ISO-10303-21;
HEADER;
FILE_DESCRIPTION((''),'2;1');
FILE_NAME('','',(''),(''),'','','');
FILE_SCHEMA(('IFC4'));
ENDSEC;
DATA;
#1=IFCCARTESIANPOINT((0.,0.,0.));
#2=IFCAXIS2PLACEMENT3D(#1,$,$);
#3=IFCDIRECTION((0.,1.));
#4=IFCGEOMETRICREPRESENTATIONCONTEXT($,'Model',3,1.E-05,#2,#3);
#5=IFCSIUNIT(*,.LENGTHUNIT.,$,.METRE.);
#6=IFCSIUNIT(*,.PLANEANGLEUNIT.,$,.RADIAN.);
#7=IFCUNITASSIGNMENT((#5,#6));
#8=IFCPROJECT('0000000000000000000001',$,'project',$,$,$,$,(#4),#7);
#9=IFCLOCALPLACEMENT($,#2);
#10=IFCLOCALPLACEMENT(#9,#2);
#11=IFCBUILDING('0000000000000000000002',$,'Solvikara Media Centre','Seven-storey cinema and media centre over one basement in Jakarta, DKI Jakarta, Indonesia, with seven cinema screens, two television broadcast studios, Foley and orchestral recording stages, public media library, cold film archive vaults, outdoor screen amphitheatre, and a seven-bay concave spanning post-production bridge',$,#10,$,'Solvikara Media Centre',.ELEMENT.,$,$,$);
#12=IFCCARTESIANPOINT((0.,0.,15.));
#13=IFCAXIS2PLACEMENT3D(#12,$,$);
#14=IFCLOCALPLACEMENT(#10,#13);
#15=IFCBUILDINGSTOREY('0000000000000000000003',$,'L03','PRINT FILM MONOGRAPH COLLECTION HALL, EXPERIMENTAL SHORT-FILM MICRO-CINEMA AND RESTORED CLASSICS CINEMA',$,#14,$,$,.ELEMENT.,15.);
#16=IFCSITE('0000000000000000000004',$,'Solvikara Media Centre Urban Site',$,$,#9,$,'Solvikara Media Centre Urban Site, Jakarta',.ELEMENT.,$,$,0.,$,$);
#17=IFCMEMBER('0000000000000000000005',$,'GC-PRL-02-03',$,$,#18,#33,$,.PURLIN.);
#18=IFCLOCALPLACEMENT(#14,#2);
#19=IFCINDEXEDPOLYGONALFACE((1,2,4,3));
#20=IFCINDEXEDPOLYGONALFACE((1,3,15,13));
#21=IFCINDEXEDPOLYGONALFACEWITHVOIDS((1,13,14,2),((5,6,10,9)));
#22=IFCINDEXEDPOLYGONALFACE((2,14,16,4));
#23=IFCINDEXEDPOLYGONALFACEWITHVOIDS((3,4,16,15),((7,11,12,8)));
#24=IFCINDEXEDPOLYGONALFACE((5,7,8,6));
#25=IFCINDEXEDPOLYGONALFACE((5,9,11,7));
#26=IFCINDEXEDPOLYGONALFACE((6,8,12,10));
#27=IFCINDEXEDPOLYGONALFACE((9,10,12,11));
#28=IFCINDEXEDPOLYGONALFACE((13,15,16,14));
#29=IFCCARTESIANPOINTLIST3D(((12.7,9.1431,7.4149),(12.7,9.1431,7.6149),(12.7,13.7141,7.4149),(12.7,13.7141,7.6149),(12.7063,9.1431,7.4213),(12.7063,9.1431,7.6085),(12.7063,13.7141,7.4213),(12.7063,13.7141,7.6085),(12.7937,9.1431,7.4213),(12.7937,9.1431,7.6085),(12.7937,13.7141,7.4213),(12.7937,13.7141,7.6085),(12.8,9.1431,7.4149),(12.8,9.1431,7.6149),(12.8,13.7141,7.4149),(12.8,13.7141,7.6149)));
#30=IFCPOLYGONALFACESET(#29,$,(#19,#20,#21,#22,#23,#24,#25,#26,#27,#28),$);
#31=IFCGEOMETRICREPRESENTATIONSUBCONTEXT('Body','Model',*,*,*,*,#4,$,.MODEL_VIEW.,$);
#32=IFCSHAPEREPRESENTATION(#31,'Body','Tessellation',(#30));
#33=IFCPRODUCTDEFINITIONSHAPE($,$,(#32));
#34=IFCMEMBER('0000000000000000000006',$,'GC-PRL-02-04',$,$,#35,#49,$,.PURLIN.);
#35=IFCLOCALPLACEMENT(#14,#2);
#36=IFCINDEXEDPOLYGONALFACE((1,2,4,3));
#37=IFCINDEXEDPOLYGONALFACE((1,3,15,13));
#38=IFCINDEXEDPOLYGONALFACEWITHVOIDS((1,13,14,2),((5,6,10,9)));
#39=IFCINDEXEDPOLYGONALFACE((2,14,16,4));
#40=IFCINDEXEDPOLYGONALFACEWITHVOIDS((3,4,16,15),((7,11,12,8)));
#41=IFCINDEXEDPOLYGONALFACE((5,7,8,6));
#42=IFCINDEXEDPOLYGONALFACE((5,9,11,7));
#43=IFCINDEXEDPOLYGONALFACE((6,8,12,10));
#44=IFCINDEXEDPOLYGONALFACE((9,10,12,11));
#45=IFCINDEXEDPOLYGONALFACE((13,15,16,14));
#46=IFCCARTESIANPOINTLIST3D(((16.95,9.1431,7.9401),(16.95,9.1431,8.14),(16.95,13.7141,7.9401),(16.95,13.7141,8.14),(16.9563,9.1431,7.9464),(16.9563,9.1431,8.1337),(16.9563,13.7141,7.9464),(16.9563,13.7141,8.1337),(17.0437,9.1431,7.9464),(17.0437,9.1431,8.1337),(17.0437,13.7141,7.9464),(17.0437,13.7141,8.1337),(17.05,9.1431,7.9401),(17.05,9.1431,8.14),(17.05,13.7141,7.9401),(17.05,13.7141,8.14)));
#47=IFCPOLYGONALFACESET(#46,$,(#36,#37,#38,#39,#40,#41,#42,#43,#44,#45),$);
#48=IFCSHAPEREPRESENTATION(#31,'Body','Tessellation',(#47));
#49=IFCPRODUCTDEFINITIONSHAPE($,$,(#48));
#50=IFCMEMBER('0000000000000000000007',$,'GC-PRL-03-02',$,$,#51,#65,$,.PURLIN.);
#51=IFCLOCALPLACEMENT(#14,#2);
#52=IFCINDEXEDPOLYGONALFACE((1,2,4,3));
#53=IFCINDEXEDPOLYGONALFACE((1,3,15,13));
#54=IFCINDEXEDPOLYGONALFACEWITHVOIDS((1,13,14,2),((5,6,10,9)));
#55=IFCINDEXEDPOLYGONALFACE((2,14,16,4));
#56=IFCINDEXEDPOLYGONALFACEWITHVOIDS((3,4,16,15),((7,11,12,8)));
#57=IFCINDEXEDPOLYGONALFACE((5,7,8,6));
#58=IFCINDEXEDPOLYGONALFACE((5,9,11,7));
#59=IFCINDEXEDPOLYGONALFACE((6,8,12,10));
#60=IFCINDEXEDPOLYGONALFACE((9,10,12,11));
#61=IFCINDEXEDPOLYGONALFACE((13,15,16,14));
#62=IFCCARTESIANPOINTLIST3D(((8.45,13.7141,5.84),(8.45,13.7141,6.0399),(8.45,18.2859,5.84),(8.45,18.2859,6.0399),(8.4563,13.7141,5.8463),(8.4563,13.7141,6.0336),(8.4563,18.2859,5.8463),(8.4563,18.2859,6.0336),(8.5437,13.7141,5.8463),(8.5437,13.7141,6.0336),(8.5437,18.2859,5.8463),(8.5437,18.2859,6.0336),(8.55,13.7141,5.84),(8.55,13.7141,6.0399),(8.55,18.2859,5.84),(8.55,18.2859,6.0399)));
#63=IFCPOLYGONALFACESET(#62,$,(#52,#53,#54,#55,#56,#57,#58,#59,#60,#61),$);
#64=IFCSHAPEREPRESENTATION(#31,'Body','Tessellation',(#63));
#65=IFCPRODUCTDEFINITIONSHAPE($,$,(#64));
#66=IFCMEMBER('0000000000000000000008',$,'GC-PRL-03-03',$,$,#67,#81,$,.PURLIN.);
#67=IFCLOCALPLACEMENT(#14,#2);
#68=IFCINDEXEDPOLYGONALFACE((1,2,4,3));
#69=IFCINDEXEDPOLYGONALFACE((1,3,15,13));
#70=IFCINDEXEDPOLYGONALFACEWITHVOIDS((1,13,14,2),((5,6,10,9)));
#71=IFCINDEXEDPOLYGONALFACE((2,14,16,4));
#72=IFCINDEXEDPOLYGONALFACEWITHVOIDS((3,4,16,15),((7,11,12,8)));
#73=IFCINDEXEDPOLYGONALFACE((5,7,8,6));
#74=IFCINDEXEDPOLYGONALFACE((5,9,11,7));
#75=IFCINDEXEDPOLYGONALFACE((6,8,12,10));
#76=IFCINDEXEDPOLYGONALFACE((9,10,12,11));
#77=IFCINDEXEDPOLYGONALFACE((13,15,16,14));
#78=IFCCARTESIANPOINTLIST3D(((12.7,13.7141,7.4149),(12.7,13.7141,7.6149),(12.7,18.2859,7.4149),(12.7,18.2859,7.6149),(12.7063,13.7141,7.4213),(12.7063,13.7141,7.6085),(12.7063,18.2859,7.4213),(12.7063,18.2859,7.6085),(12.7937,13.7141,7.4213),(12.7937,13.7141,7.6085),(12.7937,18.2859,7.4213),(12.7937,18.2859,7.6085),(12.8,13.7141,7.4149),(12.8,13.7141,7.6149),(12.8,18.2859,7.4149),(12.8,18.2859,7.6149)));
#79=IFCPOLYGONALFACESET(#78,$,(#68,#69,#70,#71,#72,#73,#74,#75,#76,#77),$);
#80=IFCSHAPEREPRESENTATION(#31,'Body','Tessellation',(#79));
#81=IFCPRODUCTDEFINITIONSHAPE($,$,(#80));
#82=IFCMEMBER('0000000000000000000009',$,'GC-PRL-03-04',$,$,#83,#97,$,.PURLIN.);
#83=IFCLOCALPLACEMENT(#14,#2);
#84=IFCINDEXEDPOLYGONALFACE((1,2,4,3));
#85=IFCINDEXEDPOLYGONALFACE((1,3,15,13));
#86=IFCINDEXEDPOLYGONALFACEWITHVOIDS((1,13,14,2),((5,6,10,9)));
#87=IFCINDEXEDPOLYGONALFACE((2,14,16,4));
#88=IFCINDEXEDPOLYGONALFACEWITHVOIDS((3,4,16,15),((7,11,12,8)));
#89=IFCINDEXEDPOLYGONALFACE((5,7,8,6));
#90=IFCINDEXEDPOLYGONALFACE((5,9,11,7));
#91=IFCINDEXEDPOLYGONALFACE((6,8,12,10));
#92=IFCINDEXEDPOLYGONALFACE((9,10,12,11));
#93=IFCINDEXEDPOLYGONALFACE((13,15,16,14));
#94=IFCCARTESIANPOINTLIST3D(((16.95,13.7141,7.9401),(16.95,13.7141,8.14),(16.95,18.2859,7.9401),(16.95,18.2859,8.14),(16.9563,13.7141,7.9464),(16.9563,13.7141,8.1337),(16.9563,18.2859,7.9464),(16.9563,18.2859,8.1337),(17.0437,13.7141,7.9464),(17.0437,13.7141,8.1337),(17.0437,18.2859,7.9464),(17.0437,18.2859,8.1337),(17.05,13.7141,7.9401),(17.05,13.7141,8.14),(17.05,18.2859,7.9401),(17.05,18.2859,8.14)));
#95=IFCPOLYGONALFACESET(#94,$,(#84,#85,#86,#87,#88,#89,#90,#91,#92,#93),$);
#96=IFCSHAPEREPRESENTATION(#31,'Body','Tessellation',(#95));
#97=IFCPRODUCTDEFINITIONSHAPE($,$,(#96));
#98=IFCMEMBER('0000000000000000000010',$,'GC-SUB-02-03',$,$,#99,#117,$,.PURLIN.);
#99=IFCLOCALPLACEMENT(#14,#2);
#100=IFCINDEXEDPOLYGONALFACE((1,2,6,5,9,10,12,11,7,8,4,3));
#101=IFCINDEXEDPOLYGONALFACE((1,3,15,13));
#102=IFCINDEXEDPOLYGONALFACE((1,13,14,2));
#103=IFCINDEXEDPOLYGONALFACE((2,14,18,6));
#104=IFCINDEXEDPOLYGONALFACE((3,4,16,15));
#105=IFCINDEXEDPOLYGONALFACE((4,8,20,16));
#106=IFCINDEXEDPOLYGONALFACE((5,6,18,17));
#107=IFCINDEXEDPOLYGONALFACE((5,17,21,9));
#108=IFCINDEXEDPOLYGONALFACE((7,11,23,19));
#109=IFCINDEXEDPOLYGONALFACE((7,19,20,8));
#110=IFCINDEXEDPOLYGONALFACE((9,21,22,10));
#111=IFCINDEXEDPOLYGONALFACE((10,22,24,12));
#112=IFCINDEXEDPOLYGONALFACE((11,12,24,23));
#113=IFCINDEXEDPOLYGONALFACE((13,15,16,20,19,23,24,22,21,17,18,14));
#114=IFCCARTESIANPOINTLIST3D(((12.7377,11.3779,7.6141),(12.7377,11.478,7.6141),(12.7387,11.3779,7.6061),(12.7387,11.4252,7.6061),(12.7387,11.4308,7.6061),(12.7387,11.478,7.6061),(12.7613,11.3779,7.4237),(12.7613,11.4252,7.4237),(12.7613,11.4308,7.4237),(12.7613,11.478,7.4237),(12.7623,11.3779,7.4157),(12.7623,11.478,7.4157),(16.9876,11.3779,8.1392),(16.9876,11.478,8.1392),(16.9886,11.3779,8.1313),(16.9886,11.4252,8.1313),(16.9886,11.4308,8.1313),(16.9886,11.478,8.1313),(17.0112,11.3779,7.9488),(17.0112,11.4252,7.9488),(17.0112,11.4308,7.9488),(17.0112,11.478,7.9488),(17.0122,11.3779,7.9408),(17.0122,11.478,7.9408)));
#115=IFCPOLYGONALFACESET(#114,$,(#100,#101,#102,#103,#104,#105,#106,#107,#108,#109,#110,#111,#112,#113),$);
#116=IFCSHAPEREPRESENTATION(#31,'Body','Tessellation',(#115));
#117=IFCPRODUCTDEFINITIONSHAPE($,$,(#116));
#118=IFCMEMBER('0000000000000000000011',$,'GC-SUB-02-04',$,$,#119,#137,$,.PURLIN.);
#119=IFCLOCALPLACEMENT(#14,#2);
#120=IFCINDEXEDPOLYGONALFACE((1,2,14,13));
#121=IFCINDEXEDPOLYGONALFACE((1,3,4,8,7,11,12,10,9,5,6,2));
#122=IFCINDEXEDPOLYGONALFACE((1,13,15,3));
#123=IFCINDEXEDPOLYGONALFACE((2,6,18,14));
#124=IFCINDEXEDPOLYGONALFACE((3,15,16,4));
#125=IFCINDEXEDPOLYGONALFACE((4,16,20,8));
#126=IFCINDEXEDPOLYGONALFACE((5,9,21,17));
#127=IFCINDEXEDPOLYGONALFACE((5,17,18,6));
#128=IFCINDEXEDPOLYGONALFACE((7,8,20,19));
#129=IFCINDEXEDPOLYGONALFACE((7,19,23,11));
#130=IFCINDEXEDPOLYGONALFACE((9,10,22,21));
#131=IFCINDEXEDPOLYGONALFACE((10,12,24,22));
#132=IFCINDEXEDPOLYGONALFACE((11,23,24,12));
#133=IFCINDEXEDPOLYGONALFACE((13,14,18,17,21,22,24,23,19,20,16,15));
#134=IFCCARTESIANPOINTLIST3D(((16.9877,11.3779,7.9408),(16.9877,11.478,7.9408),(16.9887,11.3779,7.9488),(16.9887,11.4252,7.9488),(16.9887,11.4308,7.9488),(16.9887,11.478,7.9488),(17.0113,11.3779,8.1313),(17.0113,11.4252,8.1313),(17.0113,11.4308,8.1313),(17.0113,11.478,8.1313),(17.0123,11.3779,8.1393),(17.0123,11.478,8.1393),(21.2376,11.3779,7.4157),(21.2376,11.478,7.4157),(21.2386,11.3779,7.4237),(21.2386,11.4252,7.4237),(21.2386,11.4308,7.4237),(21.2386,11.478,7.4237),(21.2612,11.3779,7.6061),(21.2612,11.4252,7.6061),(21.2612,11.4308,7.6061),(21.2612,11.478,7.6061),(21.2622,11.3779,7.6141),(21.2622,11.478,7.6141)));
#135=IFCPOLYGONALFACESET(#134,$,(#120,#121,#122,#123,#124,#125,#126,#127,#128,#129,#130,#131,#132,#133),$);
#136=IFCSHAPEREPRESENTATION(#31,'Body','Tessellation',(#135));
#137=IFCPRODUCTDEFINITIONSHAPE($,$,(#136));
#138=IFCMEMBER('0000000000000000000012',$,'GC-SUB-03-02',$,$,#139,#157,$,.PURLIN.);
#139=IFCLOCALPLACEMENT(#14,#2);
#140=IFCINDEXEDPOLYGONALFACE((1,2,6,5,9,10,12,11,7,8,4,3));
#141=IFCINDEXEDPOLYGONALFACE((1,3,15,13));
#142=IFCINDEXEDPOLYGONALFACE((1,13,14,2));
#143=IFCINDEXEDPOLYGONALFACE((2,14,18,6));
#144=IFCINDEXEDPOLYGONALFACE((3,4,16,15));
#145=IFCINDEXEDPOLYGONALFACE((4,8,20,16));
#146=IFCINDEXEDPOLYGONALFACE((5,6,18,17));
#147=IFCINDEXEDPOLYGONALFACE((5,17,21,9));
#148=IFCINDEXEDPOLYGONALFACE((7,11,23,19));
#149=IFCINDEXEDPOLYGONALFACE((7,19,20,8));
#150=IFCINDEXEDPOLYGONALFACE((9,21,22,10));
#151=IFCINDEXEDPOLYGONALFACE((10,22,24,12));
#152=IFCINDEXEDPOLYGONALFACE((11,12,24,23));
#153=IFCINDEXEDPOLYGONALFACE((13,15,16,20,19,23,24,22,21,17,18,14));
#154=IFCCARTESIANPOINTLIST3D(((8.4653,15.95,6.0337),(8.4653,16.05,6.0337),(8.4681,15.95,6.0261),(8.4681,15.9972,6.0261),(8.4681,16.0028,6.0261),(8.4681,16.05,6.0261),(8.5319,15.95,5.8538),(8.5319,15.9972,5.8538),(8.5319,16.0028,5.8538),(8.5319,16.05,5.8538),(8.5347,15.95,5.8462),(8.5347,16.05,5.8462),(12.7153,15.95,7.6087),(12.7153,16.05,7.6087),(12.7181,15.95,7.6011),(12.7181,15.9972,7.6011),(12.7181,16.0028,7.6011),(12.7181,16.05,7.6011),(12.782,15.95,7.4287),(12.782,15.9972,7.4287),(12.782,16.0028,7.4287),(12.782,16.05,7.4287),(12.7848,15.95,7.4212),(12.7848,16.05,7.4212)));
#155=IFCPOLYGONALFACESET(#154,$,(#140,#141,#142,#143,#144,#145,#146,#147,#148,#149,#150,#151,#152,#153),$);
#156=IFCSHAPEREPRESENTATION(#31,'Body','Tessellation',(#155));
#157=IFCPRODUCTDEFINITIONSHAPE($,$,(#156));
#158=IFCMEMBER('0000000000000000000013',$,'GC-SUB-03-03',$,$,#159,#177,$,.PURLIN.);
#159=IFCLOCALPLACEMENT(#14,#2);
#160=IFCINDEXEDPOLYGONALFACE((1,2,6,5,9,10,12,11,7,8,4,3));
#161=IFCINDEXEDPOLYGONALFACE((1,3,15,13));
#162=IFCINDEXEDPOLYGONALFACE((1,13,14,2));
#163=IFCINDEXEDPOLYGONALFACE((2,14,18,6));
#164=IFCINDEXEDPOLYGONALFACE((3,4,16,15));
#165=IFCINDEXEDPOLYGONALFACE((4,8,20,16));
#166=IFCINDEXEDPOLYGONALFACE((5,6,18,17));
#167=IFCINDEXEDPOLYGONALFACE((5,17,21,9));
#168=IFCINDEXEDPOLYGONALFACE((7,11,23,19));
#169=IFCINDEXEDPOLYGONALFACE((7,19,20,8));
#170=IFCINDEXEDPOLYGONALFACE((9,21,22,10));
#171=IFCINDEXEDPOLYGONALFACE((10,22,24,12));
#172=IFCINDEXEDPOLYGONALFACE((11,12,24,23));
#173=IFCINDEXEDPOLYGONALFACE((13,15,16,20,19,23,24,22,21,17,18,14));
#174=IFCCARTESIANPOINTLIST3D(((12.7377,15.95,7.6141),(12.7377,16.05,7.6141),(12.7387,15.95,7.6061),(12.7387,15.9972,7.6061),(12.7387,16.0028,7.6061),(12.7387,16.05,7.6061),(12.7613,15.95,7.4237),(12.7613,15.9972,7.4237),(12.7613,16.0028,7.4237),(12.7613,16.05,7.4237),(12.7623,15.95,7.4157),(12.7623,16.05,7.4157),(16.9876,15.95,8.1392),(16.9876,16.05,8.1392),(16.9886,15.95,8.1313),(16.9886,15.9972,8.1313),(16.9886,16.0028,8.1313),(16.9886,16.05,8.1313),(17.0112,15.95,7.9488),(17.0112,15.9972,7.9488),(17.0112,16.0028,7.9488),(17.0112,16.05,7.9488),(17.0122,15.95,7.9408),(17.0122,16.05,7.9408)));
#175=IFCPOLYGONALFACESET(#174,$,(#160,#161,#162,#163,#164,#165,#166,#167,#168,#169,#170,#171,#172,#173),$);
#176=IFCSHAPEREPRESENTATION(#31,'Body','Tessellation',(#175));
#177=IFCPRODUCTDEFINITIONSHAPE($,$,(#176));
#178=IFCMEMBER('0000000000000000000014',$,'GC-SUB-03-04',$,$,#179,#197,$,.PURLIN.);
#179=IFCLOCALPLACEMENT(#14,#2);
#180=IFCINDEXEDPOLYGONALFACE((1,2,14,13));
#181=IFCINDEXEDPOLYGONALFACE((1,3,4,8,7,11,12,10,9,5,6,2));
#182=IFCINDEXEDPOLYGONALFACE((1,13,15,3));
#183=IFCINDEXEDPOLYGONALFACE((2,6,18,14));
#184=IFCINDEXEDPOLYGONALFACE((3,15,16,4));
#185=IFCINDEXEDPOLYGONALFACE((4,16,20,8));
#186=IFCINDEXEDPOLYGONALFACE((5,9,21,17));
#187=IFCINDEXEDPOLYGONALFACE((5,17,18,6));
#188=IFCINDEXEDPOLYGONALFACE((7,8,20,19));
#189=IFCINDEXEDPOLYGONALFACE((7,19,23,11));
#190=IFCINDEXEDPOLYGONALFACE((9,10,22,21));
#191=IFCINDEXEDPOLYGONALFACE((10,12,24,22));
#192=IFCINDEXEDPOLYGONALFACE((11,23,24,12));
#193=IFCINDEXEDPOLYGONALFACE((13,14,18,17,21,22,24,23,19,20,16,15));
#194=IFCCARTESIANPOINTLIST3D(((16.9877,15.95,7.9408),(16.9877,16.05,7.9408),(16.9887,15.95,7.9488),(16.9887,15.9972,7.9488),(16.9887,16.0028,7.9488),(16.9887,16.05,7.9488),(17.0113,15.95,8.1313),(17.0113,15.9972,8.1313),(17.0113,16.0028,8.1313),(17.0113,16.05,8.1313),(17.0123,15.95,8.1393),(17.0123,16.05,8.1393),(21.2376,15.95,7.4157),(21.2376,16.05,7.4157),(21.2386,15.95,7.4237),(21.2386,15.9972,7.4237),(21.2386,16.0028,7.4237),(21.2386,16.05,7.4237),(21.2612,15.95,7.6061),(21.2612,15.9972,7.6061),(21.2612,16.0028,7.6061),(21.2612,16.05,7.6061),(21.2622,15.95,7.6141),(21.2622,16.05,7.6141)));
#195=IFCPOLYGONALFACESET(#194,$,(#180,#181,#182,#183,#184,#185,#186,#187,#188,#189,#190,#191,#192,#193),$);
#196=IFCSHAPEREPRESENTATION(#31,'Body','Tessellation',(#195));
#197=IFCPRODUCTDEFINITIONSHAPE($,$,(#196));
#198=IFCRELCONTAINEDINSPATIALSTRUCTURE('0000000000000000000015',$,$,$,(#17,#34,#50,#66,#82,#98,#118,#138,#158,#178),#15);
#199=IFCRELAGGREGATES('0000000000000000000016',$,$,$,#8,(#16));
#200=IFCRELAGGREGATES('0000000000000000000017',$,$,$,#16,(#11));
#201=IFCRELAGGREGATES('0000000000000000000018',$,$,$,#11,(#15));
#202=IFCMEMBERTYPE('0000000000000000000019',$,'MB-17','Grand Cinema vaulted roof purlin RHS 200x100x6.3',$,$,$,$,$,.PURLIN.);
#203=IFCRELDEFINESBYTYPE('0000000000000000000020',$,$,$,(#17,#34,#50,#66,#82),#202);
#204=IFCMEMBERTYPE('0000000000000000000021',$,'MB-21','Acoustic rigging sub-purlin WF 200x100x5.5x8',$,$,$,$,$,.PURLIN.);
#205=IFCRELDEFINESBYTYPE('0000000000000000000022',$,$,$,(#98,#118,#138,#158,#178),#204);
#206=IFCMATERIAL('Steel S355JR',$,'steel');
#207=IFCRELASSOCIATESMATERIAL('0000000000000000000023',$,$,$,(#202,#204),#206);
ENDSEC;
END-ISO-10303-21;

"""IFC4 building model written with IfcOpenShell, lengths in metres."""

from ifc_helpers import new_model, si_unit, direction, frame, origin, origin_2d, place, context, subcontext, project, spatial, hollow_rectangle, i_section, extrude, material, material_profile, profile_set, type_object, element, save


model = new_model("IFC4")

# Units and contexts
model_context = context("Model", 3, precision=1e-05, world=origin(), true_north=direction((0.0, 1.0)))
body_context = subcontext(model_context, "Body", "Model", "MODEL_VIEW")
ifc_project = project(units=[si_unit("LENGTHUNIT", "METRE"), si_unit("PLANEANGLEUNIT", "RADIAN")], contexts=[model_context])

# Site, building, storey
site_placement = place(None, origin())
site = spatial("IfcSite", under=ifc_project, at=site_placement, Name="Solvikara Media Centre Urban Site", LongName="Solvikara Media Centre Urban Site, Jakarta", CompositionType="ELEMENT", RefElevation=0.0)
building_placement = place(site_placement, origin())
building = spatial("IfcBuilding", under=site, at=building_placement, Name="Solvikara Media Centre", Description="Seven-storey cinema and media centre over one basement in Jakarta, DKI Jakarta, Indonesia, with seven cinema screens, two television broadcast studios, Foley and orchestral recording stages, public media library, cold film archive vaults, outdoor screen amphitheatre, and a seven-bay concave spanning post-production bridge", LongName="Solvikara Media Centre", CompositionType="ELEMENT")
storey_placement = place(building_placement, frame((0.0, 0.0, 15.0)))
storey = spatial("IfcBuildingStorey", under=building, at=storey_placement, Name="L03", Description="PRINT FILM MONOGRAPH COLLECTION HALL, EXPERIMENTAL SHORT-FILM MICRO-CINEMA AND RESTORED CLASSICS CINEMA", CompositionType="ELEMENT", Elevation=15.0)

# Members
ifc_material = material(Name="Steel S355JR", Category="steel")
ifc_material_profile_1 = material_profile(ifc_material, hollow_rectangle(XDim=0.1001, YDim=0.2, WallThickness=0.0063, at=origin_2d()), Name="RHS 200x100x6.3")
ifc_profile_set_1 = profile_set([ifc_material_profile_1], Name="Steel S355JR")
member_type_1 = type_object("IfcMemberType", Name="MB-17", Description="Grand Cinema vaulted roof purlin RHS 200x100x6.3", PredefinedType="PURLIN", material=ifc_profile_set_1)
for number, where, z_axis, x_axis, name in (
    (1, (12.75, 9.1431, 7.5149), (0.0, 1.0, 0.0), (-1.0, 0.0, 0.0), "GC-PRL-02-03"),
    (2, (17.0, 9.1431, 8.04), (0.0, 1.0, 0.0), (-1.0, 0.0, 0.0), "GC-PRL-02-04"),
):
    element("IfcMember", number, at=place(storey_placement, frame(where, z_axis=z_axis, x_axis=x_axis)), inside=storey, type_object=member_type_1, Name=name, PredefinedType="PURLIN", context=body_context, shape_type="SweptSolid", body=[
        extrude(hollow_rectangle(XDim=0.1001, YDim=0.2, WallThickness=0.0063, at=origin_2d()), origin(), (0.0, 0.0, 1.0), 4.571),
    ])
for number, where, z_axis, x_axis, name in (
    (3, (8.5, 13.7141, 5.9399), (0.0, 1.0, 0.0), (-1.0, 0.0, 0.0), "GC-PRL-03-02"),
    (4, (12.75, 13.7141, 7.5149), (0.0, 1.0, 0.0), (-1.0, 0.0, 0.0), "GC-PRL-03-03"),
    (5, (17.0, 13.7141, 8.04), (0.0, 1.0, 0.0), (-1.0, 0.0, 0.0), "GC-PRL-03-04"),
):
    element("IfcMember", number, at=place(storey_placement, frame(where, z_axis=z_axis, x_axis=x_axis)), inside=storey, type_object=member_type_1, Name=name, PredefinedType="PURLIN", context=body_context, shape_type="SweptSolid", body=[
        extrude(hollow_rectangle(XDim=0.1001, YDim=0.2, WallThickness=0.0063, at=origin_2d()), origin(), (0.0, 0.0, 1.0), 4.5718),
    ])
ifc_material_profile_2 = material_profile(ifc_material, i_section(OverallWidth=0.1001, OverallDepth=0.2, WebThickness=0.0056, FlangeThickness=0.0081, at=origin_2d()), Name="WF 200x100x5.5x8")
ifc_profile_set_2 = profile_set([ifc_material_profile_2], Name="Steel S355JR")
member_type_2 = type_object("IfcMemberType", Name="MB-21", Description="Acoustic rigging sub-purlin WF 200x100x5.5x8", PredefinedType="PURLIN", material=ifc_profile_set_2)
for number, where, z_axis, x_axis, name in (
    (6, (12.75, 11.428, 7.5149), (0.992452, 0.0, 0.122631), (0.0, 1.0, 0.0), "GC-SUB-02-03"),
    (7, (17.0, 11.428, 8.04), (0.992452, 0.0, -0.122631), (0.0, 1.0, 0.0), "GC-SUB-02-04"),
):
    element("IfcMember", number, at=place(storey_placement, frame(where, z_axis=z_axis, x_axis=x_axis)), inside=storey, type_object=member_type_2, Name=name, PredefinedType="PURLIN", context=body_context, shape_type="SweptSolid", body=[
        extrude(i_section(OverallWidth=0.1001, OverallDepth=0.2, WebThickness=0.0056, FlangeThickness=0.0081, at=origin_2d()), origin(), (0.0, 0.0, 1.0), 4.2822),
    ])
member_1_placement = place(storey_placement, frame((8.5, 16.0, 5.9399), z_axis=(0.937686, 0.0, 0.347485), x_axis=(0.0, 1.0, 0.0)))
element("IfcMember", 8, at=member_1_placement, inside=storey, type_object=member_type_2, Name="GC-SUB-03-02", PredefinedType="PURLIN", context=body_context, shape_type="SweptSolid", body=[
    extrude(i_section(OverallWidth=0.1001, OverallDepth=0.2, WebThickness=0.0056, FlangeThickness=0.0081, at=origin_2d()), origin(), (0.0, 0.0, 1.0), 4.5325),
])
for number, where, z_axis, x_axis, name in (
    (9, (12.75, 16.0, 7.5149), (0.992452, 0.0, 0.122631), (0.0, 1.0, 0.0), "GC-SUB-03-03"),
    (10, (17.0, 16.0, 8.04), (0.992452, 0.0, -0.122631), (0.0, 1.0, 0.0), "GC-SUB-03-04"),
):
    element("IfcMember", number, at=place(storey_placement, frame(where, z_axis=z_axis, x_axis=x_axis)), inside=storey, type_object=member_type_2, Name=name, PredefinedType="PURLIN", context=body_context, shape_type="SweptSolid", body=[
        extrude(i_section(OverallWidth=0.1001, OverallDepth=0.2, WebThickness=0.0056, FlangeThickness=0.0081, at=origin_2d()), origin(), (0.0, 0.0, 1.0), 4.2822),
    ])

save(model, "model.ifc")
